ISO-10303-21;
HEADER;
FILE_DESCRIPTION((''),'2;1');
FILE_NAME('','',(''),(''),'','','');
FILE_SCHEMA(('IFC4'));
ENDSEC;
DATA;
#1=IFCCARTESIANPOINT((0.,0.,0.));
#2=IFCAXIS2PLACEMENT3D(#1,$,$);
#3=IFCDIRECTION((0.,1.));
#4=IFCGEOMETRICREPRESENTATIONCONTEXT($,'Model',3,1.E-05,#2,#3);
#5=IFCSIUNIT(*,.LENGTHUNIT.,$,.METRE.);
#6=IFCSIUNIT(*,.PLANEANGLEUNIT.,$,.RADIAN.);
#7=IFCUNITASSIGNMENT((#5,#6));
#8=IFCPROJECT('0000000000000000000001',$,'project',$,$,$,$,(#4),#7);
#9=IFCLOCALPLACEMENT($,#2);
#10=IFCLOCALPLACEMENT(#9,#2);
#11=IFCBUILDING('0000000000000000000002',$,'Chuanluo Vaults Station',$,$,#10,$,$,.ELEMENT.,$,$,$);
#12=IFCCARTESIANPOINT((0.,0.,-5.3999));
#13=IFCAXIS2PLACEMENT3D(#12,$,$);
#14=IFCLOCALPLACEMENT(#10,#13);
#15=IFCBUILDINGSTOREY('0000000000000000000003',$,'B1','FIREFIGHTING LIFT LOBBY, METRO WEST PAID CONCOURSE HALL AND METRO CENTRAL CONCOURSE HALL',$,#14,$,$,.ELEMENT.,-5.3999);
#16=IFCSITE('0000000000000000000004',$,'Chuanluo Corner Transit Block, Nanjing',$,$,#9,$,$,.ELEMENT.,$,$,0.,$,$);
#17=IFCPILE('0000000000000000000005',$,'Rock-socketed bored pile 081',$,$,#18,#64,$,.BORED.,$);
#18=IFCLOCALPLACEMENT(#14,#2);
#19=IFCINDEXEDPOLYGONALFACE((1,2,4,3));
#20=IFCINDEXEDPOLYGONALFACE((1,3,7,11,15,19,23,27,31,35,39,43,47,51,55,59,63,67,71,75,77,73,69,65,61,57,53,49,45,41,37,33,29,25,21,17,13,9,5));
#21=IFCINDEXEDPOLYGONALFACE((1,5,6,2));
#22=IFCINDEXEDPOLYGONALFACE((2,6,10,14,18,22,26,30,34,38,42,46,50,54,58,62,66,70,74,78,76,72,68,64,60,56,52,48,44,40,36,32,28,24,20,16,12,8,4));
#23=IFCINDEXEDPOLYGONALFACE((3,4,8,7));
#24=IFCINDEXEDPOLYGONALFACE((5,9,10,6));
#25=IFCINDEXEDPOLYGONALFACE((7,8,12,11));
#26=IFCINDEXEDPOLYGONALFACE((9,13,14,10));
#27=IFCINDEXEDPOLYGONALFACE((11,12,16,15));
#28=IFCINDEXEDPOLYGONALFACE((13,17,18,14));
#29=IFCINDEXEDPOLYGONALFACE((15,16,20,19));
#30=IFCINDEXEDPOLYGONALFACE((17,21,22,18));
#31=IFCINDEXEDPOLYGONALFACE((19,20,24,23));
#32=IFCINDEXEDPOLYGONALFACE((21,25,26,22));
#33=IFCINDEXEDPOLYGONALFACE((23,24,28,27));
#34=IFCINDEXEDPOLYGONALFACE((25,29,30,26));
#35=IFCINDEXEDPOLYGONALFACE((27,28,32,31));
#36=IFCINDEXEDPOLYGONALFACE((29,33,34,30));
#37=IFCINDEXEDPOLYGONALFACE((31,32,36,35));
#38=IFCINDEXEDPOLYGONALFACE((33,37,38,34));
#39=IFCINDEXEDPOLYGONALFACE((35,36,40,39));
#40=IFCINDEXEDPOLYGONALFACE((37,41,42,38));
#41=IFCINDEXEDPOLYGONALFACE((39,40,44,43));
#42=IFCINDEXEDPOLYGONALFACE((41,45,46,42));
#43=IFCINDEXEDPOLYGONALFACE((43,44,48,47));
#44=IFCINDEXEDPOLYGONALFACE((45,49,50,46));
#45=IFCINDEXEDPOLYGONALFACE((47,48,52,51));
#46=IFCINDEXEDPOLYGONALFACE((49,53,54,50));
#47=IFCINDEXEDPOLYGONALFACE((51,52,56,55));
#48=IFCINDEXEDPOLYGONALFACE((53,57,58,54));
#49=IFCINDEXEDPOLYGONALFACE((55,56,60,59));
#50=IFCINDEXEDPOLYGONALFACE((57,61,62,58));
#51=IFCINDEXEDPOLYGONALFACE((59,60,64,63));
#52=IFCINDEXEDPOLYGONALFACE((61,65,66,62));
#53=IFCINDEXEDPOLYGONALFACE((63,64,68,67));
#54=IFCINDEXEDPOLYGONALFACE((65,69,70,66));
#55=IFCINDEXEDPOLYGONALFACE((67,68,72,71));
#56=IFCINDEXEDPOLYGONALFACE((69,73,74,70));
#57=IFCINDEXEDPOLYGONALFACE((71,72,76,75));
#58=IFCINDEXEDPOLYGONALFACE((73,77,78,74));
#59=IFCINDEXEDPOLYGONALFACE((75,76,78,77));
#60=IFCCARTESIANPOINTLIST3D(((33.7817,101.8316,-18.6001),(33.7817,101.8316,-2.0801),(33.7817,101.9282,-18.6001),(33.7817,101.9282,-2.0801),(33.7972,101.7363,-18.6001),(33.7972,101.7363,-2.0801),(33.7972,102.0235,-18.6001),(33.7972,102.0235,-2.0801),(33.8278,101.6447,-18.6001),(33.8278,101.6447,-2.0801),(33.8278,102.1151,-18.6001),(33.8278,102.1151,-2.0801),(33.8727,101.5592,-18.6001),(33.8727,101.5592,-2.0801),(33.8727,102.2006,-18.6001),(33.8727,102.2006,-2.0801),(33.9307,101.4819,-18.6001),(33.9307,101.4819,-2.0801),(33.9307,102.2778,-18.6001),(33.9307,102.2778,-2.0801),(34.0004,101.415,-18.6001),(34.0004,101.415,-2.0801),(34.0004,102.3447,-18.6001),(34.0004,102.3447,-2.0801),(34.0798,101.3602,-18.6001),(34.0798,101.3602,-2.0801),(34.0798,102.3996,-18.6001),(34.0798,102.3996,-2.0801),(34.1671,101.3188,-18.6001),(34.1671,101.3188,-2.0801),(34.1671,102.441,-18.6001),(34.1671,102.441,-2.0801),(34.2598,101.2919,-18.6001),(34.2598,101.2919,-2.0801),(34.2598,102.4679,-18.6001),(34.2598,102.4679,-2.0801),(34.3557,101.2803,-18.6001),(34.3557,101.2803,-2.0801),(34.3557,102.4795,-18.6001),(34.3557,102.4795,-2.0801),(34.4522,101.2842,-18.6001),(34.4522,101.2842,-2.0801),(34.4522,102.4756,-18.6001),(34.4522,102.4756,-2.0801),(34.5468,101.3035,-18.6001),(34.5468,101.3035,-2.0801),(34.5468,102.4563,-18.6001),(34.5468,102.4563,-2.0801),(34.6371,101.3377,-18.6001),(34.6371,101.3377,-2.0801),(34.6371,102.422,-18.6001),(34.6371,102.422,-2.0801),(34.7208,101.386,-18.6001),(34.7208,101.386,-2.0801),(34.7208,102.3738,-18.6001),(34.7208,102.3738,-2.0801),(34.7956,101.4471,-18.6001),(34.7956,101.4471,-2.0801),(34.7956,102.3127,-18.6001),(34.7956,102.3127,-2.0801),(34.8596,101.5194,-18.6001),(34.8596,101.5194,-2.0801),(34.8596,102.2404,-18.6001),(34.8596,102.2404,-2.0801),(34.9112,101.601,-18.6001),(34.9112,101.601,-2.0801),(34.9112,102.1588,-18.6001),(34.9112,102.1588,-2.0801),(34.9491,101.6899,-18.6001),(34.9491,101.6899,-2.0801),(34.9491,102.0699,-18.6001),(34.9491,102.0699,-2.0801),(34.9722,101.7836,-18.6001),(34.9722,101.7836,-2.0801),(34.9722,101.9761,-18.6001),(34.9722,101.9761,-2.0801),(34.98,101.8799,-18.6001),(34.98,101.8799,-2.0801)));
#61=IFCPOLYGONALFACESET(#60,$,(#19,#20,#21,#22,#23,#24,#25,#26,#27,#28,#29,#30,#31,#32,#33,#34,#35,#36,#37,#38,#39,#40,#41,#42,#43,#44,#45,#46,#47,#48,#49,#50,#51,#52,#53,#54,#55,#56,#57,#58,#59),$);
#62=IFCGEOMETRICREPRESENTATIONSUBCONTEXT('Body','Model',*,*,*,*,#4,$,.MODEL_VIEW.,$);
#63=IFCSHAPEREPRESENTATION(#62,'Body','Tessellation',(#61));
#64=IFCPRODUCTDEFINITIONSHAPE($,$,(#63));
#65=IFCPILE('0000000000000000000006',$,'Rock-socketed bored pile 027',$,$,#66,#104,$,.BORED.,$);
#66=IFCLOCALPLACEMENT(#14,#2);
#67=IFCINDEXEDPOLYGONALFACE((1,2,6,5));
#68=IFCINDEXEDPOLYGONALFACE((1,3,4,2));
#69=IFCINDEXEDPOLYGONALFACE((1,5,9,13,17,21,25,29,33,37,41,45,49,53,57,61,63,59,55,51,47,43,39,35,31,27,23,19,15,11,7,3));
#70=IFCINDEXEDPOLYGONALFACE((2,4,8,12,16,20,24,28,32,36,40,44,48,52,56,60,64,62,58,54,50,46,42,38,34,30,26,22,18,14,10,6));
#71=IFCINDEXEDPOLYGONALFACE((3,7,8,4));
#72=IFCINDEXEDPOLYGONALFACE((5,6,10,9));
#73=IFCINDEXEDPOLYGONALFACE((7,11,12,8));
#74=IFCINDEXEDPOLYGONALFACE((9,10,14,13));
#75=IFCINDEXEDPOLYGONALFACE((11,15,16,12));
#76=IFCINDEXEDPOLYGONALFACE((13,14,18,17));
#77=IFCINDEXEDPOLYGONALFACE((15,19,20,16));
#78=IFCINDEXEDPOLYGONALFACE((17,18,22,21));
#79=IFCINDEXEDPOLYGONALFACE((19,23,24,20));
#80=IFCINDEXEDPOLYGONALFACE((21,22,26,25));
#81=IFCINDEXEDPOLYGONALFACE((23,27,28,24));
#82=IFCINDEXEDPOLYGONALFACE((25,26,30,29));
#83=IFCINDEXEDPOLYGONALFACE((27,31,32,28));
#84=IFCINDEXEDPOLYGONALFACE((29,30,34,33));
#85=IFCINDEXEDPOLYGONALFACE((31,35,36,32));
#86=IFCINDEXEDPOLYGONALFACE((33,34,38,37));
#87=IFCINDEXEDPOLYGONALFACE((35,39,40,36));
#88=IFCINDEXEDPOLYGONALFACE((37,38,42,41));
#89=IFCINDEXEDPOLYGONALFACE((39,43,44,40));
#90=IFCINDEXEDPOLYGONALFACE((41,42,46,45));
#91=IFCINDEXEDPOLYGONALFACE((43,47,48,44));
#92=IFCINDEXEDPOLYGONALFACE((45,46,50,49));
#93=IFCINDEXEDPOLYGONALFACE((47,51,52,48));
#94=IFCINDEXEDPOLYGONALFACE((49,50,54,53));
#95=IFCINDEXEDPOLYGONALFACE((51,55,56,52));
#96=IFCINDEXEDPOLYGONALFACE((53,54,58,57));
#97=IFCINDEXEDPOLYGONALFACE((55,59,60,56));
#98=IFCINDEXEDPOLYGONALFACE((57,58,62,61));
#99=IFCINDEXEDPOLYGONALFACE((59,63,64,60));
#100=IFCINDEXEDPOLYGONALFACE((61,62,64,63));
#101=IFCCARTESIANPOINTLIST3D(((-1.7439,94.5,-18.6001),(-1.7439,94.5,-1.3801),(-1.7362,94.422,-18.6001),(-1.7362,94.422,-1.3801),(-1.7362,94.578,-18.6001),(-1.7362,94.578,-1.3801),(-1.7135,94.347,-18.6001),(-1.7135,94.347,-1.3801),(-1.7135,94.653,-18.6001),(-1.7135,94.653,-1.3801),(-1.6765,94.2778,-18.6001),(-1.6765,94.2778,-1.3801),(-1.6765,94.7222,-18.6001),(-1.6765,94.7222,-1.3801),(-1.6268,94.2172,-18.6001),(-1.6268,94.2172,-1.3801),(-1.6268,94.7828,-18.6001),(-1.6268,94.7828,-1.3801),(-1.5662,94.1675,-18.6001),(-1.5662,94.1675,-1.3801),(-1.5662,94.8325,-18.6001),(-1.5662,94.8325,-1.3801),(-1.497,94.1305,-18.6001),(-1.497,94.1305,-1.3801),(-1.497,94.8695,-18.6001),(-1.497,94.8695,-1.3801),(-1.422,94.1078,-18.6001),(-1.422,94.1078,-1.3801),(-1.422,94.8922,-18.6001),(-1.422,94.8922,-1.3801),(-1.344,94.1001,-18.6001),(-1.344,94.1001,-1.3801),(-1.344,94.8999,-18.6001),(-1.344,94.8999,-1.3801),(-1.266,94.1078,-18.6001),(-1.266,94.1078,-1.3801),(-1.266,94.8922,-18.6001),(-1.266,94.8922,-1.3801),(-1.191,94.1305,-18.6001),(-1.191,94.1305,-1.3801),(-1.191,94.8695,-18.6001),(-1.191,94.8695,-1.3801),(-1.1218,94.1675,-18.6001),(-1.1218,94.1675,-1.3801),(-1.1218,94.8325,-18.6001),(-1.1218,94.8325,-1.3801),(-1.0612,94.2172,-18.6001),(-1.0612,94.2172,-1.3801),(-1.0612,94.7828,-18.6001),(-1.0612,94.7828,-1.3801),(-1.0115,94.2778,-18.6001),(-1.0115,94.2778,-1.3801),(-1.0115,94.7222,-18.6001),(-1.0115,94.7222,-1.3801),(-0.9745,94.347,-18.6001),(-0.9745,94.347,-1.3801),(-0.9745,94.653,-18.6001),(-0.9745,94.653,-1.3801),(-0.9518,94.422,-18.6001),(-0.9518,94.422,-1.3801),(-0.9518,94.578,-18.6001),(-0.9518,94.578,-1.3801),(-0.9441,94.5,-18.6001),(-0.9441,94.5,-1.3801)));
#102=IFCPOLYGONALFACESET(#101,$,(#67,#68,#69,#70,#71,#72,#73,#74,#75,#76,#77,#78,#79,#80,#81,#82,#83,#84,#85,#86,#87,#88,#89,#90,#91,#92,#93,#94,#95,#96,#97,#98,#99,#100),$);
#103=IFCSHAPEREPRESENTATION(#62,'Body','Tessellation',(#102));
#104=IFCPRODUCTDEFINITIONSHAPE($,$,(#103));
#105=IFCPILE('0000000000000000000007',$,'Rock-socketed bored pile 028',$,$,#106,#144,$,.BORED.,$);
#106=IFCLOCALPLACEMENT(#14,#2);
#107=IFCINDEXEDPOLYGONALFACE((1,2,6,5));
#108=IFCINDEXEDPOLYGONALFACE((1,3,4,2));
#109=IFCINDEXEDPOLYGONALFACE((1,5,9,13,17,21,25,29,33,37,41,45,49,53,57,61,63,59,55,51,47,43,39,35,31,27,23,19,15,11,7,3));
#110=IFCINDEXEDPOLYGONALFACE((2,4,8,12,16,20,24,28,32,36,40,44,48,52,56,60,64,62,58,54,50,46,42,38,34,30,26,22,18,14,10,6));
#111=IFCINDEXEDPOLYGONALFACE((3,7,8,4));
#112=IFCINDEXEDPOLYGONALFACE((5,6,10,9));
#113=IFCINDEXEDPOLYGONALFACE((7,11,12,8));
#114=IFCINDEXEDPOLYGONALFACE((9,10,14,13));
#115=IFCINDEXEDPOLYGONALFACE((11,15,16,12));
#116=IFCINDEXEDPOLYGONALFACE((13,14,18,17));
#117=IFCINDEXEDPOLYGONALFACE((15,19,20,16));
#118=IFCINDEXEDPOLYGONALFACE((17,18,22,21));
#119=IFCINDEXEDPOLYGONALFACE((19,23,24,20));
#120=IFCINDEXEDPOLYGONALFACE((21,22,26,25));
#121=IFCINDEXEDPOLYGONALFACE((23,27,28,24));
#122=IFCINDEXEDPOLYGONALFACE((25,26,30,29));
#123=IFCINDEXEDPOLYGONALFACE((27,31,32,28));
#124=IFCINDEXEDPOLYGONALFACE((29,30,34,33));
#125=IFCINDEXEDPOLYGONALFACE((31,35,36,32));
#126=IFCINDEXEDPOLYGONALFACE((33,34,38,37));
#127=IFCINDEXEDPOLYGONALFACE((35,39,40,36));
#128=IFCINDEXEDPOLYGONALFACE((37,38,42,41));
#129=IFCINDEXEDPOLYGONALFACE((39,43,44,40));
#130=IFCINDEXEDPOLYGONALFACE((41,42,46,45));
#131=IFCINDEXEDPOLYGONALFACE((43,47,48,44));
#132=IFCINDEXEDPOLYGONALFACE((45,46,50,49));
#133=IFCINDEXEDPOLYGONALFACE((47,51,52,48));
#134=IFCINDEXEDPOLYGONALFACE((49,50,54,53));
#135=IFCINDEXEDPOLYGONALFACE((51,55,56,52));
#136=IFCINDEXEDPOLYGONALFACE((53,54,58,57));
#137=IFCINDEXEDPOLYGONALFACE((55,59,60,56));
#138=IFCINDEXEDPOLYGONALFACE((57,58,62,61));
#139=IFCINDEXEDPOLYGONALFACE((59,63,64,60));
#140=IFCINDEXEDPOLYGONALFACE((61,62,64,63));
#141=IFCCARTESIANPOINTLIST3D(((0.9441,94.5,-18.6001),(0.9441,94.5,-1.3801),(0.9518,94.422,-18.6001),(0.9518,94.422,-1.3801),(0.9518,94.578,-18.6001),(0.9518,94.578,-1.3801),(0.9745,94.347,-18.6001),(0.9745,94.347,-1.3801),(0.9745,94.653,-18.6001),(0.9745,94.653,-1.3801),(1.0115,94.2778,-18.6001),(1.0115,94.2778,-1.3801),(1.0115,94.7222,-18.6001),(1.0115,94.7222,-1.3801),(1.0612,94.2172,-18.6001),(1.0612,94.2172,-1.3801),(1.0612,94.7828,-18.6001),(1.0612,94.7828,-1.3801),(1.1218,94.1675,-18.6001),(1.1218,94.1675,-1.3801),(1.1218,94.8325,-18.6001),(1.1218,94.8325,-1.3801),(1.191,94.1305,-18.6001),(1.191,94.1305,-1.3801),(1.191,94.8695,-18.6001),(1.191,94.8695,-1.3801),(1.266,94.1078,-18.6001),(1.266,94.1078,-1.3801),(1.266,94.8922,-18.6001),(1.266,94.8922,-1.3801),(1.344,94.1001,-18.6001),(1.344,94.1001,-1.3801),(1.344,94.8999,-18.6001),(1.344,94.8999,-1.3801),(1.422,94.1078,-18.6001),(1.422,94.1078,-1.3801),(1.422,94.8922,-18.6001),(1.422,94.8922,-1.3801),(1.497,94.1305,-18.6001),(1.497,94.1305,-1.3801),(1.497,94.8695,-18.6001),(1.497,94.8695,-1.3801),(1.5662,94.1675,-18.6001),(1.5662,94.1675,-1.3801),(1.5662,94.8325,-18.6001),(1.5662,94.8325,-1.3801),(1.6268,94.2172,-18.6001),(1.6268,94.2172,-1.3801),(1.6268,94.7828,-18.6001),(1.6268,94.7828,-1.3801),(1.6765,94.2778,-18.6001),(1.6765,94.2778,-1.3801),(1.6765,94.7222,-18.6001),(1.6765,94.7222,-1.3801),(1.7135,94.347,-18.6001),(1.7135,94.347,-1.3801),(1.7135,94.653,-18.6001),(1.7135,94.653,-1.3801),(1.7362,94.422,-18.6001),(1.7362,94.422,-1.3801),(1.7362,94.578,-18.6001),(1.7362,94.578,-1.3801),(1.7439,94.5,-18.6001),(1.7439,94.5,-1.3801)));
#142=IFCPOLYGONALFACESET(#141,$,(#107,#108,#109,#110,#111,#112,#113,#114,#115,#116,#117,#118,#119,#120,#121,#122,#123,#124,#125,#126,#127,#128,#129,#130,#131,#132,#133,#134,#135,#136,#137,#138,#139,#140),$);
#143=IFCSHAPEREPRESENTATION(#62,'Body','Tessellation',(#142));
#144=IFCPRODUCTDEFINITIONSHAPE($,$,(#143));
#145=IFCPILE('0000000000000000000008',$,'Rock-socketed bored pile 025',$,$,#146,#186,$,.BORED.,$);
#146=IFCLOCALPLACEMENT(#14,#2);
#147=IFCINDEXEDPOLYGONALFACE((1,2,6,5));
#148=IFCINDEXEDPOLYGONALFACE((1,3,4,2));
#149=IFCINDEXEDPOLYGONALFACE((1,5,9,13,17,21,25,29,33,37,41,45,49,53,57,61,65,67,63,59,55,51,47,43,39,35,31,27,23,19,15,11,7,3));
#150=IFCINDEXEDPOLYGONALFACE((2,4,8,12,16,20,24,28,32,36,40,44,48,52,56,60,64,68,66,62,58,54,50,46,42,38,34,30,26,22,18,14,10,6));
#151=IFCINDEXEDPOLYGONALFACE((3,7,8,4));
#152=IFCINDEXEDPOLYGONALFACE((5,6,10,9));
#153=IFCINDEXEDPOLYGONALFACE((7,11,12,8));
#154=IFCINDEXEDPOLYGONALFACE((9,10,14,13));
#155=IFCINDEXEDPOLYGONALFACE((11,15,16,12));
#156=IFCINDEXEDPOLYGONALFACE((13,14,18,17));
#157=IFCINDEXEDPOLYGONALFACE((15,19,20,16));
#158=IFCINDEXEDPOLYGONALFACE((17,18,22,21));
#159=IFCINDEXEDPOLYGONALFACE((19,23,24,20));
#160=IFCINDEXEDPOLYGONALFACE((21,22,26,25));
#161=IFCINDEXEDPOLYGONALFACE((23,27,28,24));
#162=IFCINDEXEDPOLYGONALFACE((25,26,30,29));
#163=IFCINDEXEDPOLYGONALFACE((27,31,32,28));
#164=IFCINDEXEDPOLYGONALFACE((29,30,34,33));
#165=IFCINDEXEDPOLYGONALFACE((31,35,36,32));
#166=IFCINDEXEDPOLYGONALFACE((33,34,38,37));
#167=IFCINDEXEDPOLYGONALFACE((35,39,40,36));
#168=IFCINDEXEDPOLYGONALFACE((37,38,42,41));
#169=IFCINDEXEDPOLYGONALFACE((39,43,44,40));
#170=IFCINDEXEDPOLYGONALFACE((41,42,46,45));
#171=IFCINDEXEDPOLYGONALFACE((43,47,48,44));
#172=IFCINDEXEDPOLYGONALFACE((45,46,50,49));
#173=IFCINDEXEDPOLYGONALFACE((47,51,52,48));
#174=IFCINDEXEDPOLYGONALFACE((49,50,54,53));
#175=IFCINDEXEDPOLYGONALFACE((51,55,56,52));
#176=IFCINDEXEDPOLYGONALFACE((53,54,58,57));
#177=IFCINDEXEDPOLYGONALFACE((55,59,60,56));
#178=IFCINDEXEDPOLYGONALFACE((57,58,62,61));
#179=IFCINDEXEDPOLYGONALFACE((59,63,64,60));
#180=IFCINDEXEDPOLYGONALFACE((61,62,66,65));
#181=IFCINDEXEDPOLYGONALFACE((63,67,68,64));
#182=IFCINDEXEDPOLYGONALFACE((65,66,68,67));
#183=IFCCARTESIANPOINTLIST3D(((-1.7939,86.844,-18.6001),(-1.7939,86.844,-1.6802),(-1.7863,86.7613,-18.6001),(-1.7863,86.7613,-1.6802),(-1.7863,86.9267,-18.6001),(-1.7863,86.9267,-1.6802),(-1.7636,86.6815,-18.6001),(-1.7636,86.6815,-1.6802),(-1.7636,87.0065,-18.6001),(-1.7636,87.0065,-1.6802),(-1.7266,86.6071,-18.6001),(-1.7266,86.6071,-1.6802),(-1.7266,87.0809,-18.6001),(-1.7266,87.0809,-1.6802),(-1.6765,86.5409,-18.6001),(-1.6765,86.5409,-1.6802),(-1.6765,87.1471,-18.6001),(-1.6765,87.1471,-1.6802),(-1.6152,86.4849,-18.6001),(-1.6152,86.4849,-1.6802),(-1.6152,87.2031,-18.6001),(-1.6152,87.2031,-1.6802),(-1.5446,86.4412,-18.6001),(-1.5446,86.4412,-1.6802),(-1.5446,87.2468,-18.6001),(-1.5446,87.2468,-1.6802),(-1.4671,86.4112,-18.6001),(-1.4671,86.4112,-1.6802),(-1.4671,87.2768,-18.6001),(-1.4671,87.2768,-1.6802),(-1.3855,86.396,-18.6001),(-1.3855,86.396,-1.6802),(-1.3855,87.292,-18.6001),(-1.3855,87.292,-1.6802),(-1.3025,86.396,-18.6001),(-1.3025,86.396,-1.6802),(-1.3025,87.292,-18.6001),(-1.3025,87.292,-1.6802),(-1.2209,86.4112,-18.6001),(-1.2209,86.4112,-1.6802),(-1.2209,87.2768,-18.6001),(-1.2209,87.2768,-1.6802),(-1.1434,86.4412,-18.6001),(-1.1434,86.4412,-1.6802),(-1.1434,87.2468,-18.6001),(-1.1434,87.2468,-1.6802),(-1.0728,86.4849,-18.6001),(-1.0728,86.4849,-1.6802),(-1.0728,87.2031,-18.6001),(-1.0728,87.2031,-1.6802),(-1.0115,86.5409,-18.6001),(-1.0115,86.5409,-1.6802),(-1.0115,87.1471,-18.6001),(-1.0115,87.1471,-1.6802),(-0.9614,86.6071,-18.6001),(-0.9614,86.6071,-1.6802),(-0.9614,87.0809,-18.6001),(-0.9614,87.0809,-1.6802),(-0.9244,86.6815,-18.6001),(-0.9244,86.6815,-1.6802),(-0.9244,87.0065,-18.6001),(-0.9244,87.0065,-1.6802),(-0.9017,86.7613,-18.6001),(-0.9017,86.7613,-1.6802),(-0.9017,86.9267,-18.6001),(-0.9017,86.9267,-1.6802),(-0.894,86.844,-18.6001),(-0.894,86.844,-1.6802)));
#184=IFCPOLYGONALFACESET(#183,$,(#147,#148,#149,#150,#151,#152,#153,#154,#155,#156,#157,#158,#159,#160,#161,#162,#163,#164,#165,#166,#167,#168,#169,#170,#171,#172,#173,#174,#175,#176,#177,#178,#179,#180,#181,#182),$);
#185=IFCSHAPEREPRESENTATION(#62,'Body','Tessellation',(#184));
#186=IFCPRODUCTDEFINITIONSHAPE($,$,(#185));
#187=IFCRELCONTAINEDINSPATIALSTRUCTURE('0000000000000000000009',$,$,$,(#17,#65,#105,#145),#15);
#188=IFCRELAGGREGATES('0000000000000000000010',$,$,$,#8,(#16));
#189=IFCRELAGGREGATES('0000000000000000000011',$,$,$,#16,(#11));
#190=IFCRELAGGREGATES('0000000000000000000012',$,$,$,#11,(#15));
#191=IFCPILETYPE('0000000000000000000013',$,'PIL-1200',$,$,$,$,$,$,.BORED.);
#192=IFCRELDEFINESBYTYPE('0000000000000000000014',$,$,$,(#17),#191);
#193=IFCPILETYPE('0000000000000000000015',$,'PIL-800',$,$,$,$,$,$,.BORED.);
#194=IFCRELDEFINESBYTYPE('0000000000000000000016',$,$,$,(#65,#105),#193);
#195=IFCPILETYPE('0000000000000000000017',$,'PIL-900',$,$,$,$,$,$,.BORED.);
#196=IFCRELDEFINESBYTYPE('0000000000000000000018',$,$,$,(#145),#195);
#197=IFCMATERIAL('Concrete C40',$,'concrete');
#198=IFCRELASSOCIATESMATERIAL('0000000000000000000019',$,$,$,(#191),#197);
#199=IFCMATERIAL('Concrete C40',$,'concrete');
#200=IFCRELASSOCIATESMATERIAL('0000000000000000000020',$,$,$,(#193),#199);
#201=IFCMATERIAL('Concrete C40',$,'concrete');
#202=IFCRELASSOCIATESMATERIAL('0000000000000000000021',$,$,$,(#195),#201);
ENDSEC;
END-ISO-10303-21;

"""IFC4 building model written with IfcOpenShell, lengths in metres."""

from ifc_helpers import new_model, si_unit, direction, frame, origin, origin_2d, place, context, subcontext, project, spatial, circle, extrude, material, material_profile, profile_set, type_object, element, save


model = new_model("IFC4")

# Units and contexts
model_context = context("Model", 3, precision=1e-05, world=origin(), true_north=direction((0.0, 1.0)))
body_context = subcontext(model_context, "Body", "Model", "MODEL_VIEW")
ifc_project = project(units=[si_unit("LENGTHUNIT", "METRE"), si_unit("PLANEANGLEUNIT", "RADIAN")], contexts=[model_context])

# Site, building, storey
site_placement = place(None, origin())
site = spatial("IfcSite", under=ifc_project, at=site_placement, Name="Chuanluo Corner Transit Block, Nanjing", CompositionType="ELEMENT", RefElevation=0.0)
building_placement = place(site_placement, origin())
building = spatial("IfcBuilding", under=site, at=building_placement, Name="Chuanluo Vaults Station", CompositionType="ELEMENT")
storey_placement = place(building_placement, frame((0.0, 0.0, -5.3999)))
storey = spatial("IfcBuildingStorey", under=building, at=storey_placement, Name="B1", Description="FIREFIGHTING LIFT LOBBY, METRO WEST PAID CONCOURSE HALL AND METRO CENTRAL CONCOURSE HALL", CompositionType="ELEMENT", Elevation=-5.3999)

# Piles
ifc_material_1 = material(Name="Concrete C40", Category="concrete")
ifc_material_profile_1 = material_profile(ifc_material_1, circle(Radius=0.6001, at=origin_2d()))
ifc_profile_set_1 = profile_set([ifc_material_profile_1], Name="Concrete C40")
pile_type_1 = type_object("IfcPileType", Name="PIL-1200", PredefinedType="BORED", material=ifc_profile_set_1)
for number, where, z_axis, x_axis, name in (
    (1, (34.3799, 101.8799, -2.0801), (0.0, 0.0, -1.0), (1.0, 0.0, 0.0), "Rock-socketed bored pile 081"),
):
    element("IfcPile", number, at=place(storey_placement, frame(where, z_axis=z_axis, x_axis=x_axis)), inside=storey, type_object=pile_type_1, Name=name, PredefinedType="BORED", context=body_context, shape_type="SweptSolid", body=[
        extrude(circle(Radius=0.6001, at=origin_2d()), origin(), (0.0, 0.0, 1.0), 16.52),
    ])
ifc_material_2 = material(Name="Concrete C40", Category="concrete")
ifc_material_profile_2 = material_profile(ifc_material_2, circle(Radius=0.3999, at=origin_2d()))
ifc_profile_set_2 = profile_set([ifc_material_profile_2], Name="Concrete C40")
pile_type_2 = type_object("IfcPileType", Name="PIL-800", PredefinedType="BORED", material=ifc_profile_set_2)
for number, where, z_axis, x_axis, name in (
    (2, (-1.344, 94.5, -1.3801), (0.0, 0.0, -1.0), (1.0, 0.0, 0.0), "Rock-socketed bored pile 027"),
    (3, (1.344, 94.5, -1.3801), (0.0, 0.0, -1.0), (1.0, 0.0, 0.0), "Rock-socketed bored pile 028"),
):
    element("IfcPile", number, at=place(storey_placement, frame(where, z_axis=z_axis, x_axis=x_axis)), inside=storey, type_object=pile_type_2, Name=name, PredefinedType="BORED", context=body_context, shape_type="SweptSolid", body=[
        extrude(circle(Radius=0.3999, at=origin_2d()), origin(), (0.0, 0.0, 1.0), 17.22),
    ])
ifc_material_3 = material(Name="Concrete C40", Category="concrete")
ifc_material_profile_3 = material_profile(ifc_material_3, circle(Radius=0.45, at=origin_2d()))
ifc_profile_set_3 = profile_set([ifc_material_profile_3], Name="Concrete C40")
pile_type_3 = type_object("IfcPileType", Name="PIL-900", PredefinedType="BORED", material=ifc_profile_set_3)
for number, where, z_axis, x_axis, name in (
    (4, (-1.344, 86.844, -1.6802), (0.0, 0.0, -1.0), (1.0, 0.0, 0.0), "Rock-socketed bored pile 025"),
):
    element("IfcPile", number, at=place(storey_placement, frame(where, z_axis=z_axis, x_axis=x_axis)), inside=storey, type_object=pile_type_3, Name=name, PredefinedType="BORED", context=body_context, shape_type="SweptSolid", body=[
        extrude(circle(Radius=0.45, at=origin_2d()), origin(), (0.0, 0.0, 1.0), 16.9199),
    ])

save(model, "model.ifc")
